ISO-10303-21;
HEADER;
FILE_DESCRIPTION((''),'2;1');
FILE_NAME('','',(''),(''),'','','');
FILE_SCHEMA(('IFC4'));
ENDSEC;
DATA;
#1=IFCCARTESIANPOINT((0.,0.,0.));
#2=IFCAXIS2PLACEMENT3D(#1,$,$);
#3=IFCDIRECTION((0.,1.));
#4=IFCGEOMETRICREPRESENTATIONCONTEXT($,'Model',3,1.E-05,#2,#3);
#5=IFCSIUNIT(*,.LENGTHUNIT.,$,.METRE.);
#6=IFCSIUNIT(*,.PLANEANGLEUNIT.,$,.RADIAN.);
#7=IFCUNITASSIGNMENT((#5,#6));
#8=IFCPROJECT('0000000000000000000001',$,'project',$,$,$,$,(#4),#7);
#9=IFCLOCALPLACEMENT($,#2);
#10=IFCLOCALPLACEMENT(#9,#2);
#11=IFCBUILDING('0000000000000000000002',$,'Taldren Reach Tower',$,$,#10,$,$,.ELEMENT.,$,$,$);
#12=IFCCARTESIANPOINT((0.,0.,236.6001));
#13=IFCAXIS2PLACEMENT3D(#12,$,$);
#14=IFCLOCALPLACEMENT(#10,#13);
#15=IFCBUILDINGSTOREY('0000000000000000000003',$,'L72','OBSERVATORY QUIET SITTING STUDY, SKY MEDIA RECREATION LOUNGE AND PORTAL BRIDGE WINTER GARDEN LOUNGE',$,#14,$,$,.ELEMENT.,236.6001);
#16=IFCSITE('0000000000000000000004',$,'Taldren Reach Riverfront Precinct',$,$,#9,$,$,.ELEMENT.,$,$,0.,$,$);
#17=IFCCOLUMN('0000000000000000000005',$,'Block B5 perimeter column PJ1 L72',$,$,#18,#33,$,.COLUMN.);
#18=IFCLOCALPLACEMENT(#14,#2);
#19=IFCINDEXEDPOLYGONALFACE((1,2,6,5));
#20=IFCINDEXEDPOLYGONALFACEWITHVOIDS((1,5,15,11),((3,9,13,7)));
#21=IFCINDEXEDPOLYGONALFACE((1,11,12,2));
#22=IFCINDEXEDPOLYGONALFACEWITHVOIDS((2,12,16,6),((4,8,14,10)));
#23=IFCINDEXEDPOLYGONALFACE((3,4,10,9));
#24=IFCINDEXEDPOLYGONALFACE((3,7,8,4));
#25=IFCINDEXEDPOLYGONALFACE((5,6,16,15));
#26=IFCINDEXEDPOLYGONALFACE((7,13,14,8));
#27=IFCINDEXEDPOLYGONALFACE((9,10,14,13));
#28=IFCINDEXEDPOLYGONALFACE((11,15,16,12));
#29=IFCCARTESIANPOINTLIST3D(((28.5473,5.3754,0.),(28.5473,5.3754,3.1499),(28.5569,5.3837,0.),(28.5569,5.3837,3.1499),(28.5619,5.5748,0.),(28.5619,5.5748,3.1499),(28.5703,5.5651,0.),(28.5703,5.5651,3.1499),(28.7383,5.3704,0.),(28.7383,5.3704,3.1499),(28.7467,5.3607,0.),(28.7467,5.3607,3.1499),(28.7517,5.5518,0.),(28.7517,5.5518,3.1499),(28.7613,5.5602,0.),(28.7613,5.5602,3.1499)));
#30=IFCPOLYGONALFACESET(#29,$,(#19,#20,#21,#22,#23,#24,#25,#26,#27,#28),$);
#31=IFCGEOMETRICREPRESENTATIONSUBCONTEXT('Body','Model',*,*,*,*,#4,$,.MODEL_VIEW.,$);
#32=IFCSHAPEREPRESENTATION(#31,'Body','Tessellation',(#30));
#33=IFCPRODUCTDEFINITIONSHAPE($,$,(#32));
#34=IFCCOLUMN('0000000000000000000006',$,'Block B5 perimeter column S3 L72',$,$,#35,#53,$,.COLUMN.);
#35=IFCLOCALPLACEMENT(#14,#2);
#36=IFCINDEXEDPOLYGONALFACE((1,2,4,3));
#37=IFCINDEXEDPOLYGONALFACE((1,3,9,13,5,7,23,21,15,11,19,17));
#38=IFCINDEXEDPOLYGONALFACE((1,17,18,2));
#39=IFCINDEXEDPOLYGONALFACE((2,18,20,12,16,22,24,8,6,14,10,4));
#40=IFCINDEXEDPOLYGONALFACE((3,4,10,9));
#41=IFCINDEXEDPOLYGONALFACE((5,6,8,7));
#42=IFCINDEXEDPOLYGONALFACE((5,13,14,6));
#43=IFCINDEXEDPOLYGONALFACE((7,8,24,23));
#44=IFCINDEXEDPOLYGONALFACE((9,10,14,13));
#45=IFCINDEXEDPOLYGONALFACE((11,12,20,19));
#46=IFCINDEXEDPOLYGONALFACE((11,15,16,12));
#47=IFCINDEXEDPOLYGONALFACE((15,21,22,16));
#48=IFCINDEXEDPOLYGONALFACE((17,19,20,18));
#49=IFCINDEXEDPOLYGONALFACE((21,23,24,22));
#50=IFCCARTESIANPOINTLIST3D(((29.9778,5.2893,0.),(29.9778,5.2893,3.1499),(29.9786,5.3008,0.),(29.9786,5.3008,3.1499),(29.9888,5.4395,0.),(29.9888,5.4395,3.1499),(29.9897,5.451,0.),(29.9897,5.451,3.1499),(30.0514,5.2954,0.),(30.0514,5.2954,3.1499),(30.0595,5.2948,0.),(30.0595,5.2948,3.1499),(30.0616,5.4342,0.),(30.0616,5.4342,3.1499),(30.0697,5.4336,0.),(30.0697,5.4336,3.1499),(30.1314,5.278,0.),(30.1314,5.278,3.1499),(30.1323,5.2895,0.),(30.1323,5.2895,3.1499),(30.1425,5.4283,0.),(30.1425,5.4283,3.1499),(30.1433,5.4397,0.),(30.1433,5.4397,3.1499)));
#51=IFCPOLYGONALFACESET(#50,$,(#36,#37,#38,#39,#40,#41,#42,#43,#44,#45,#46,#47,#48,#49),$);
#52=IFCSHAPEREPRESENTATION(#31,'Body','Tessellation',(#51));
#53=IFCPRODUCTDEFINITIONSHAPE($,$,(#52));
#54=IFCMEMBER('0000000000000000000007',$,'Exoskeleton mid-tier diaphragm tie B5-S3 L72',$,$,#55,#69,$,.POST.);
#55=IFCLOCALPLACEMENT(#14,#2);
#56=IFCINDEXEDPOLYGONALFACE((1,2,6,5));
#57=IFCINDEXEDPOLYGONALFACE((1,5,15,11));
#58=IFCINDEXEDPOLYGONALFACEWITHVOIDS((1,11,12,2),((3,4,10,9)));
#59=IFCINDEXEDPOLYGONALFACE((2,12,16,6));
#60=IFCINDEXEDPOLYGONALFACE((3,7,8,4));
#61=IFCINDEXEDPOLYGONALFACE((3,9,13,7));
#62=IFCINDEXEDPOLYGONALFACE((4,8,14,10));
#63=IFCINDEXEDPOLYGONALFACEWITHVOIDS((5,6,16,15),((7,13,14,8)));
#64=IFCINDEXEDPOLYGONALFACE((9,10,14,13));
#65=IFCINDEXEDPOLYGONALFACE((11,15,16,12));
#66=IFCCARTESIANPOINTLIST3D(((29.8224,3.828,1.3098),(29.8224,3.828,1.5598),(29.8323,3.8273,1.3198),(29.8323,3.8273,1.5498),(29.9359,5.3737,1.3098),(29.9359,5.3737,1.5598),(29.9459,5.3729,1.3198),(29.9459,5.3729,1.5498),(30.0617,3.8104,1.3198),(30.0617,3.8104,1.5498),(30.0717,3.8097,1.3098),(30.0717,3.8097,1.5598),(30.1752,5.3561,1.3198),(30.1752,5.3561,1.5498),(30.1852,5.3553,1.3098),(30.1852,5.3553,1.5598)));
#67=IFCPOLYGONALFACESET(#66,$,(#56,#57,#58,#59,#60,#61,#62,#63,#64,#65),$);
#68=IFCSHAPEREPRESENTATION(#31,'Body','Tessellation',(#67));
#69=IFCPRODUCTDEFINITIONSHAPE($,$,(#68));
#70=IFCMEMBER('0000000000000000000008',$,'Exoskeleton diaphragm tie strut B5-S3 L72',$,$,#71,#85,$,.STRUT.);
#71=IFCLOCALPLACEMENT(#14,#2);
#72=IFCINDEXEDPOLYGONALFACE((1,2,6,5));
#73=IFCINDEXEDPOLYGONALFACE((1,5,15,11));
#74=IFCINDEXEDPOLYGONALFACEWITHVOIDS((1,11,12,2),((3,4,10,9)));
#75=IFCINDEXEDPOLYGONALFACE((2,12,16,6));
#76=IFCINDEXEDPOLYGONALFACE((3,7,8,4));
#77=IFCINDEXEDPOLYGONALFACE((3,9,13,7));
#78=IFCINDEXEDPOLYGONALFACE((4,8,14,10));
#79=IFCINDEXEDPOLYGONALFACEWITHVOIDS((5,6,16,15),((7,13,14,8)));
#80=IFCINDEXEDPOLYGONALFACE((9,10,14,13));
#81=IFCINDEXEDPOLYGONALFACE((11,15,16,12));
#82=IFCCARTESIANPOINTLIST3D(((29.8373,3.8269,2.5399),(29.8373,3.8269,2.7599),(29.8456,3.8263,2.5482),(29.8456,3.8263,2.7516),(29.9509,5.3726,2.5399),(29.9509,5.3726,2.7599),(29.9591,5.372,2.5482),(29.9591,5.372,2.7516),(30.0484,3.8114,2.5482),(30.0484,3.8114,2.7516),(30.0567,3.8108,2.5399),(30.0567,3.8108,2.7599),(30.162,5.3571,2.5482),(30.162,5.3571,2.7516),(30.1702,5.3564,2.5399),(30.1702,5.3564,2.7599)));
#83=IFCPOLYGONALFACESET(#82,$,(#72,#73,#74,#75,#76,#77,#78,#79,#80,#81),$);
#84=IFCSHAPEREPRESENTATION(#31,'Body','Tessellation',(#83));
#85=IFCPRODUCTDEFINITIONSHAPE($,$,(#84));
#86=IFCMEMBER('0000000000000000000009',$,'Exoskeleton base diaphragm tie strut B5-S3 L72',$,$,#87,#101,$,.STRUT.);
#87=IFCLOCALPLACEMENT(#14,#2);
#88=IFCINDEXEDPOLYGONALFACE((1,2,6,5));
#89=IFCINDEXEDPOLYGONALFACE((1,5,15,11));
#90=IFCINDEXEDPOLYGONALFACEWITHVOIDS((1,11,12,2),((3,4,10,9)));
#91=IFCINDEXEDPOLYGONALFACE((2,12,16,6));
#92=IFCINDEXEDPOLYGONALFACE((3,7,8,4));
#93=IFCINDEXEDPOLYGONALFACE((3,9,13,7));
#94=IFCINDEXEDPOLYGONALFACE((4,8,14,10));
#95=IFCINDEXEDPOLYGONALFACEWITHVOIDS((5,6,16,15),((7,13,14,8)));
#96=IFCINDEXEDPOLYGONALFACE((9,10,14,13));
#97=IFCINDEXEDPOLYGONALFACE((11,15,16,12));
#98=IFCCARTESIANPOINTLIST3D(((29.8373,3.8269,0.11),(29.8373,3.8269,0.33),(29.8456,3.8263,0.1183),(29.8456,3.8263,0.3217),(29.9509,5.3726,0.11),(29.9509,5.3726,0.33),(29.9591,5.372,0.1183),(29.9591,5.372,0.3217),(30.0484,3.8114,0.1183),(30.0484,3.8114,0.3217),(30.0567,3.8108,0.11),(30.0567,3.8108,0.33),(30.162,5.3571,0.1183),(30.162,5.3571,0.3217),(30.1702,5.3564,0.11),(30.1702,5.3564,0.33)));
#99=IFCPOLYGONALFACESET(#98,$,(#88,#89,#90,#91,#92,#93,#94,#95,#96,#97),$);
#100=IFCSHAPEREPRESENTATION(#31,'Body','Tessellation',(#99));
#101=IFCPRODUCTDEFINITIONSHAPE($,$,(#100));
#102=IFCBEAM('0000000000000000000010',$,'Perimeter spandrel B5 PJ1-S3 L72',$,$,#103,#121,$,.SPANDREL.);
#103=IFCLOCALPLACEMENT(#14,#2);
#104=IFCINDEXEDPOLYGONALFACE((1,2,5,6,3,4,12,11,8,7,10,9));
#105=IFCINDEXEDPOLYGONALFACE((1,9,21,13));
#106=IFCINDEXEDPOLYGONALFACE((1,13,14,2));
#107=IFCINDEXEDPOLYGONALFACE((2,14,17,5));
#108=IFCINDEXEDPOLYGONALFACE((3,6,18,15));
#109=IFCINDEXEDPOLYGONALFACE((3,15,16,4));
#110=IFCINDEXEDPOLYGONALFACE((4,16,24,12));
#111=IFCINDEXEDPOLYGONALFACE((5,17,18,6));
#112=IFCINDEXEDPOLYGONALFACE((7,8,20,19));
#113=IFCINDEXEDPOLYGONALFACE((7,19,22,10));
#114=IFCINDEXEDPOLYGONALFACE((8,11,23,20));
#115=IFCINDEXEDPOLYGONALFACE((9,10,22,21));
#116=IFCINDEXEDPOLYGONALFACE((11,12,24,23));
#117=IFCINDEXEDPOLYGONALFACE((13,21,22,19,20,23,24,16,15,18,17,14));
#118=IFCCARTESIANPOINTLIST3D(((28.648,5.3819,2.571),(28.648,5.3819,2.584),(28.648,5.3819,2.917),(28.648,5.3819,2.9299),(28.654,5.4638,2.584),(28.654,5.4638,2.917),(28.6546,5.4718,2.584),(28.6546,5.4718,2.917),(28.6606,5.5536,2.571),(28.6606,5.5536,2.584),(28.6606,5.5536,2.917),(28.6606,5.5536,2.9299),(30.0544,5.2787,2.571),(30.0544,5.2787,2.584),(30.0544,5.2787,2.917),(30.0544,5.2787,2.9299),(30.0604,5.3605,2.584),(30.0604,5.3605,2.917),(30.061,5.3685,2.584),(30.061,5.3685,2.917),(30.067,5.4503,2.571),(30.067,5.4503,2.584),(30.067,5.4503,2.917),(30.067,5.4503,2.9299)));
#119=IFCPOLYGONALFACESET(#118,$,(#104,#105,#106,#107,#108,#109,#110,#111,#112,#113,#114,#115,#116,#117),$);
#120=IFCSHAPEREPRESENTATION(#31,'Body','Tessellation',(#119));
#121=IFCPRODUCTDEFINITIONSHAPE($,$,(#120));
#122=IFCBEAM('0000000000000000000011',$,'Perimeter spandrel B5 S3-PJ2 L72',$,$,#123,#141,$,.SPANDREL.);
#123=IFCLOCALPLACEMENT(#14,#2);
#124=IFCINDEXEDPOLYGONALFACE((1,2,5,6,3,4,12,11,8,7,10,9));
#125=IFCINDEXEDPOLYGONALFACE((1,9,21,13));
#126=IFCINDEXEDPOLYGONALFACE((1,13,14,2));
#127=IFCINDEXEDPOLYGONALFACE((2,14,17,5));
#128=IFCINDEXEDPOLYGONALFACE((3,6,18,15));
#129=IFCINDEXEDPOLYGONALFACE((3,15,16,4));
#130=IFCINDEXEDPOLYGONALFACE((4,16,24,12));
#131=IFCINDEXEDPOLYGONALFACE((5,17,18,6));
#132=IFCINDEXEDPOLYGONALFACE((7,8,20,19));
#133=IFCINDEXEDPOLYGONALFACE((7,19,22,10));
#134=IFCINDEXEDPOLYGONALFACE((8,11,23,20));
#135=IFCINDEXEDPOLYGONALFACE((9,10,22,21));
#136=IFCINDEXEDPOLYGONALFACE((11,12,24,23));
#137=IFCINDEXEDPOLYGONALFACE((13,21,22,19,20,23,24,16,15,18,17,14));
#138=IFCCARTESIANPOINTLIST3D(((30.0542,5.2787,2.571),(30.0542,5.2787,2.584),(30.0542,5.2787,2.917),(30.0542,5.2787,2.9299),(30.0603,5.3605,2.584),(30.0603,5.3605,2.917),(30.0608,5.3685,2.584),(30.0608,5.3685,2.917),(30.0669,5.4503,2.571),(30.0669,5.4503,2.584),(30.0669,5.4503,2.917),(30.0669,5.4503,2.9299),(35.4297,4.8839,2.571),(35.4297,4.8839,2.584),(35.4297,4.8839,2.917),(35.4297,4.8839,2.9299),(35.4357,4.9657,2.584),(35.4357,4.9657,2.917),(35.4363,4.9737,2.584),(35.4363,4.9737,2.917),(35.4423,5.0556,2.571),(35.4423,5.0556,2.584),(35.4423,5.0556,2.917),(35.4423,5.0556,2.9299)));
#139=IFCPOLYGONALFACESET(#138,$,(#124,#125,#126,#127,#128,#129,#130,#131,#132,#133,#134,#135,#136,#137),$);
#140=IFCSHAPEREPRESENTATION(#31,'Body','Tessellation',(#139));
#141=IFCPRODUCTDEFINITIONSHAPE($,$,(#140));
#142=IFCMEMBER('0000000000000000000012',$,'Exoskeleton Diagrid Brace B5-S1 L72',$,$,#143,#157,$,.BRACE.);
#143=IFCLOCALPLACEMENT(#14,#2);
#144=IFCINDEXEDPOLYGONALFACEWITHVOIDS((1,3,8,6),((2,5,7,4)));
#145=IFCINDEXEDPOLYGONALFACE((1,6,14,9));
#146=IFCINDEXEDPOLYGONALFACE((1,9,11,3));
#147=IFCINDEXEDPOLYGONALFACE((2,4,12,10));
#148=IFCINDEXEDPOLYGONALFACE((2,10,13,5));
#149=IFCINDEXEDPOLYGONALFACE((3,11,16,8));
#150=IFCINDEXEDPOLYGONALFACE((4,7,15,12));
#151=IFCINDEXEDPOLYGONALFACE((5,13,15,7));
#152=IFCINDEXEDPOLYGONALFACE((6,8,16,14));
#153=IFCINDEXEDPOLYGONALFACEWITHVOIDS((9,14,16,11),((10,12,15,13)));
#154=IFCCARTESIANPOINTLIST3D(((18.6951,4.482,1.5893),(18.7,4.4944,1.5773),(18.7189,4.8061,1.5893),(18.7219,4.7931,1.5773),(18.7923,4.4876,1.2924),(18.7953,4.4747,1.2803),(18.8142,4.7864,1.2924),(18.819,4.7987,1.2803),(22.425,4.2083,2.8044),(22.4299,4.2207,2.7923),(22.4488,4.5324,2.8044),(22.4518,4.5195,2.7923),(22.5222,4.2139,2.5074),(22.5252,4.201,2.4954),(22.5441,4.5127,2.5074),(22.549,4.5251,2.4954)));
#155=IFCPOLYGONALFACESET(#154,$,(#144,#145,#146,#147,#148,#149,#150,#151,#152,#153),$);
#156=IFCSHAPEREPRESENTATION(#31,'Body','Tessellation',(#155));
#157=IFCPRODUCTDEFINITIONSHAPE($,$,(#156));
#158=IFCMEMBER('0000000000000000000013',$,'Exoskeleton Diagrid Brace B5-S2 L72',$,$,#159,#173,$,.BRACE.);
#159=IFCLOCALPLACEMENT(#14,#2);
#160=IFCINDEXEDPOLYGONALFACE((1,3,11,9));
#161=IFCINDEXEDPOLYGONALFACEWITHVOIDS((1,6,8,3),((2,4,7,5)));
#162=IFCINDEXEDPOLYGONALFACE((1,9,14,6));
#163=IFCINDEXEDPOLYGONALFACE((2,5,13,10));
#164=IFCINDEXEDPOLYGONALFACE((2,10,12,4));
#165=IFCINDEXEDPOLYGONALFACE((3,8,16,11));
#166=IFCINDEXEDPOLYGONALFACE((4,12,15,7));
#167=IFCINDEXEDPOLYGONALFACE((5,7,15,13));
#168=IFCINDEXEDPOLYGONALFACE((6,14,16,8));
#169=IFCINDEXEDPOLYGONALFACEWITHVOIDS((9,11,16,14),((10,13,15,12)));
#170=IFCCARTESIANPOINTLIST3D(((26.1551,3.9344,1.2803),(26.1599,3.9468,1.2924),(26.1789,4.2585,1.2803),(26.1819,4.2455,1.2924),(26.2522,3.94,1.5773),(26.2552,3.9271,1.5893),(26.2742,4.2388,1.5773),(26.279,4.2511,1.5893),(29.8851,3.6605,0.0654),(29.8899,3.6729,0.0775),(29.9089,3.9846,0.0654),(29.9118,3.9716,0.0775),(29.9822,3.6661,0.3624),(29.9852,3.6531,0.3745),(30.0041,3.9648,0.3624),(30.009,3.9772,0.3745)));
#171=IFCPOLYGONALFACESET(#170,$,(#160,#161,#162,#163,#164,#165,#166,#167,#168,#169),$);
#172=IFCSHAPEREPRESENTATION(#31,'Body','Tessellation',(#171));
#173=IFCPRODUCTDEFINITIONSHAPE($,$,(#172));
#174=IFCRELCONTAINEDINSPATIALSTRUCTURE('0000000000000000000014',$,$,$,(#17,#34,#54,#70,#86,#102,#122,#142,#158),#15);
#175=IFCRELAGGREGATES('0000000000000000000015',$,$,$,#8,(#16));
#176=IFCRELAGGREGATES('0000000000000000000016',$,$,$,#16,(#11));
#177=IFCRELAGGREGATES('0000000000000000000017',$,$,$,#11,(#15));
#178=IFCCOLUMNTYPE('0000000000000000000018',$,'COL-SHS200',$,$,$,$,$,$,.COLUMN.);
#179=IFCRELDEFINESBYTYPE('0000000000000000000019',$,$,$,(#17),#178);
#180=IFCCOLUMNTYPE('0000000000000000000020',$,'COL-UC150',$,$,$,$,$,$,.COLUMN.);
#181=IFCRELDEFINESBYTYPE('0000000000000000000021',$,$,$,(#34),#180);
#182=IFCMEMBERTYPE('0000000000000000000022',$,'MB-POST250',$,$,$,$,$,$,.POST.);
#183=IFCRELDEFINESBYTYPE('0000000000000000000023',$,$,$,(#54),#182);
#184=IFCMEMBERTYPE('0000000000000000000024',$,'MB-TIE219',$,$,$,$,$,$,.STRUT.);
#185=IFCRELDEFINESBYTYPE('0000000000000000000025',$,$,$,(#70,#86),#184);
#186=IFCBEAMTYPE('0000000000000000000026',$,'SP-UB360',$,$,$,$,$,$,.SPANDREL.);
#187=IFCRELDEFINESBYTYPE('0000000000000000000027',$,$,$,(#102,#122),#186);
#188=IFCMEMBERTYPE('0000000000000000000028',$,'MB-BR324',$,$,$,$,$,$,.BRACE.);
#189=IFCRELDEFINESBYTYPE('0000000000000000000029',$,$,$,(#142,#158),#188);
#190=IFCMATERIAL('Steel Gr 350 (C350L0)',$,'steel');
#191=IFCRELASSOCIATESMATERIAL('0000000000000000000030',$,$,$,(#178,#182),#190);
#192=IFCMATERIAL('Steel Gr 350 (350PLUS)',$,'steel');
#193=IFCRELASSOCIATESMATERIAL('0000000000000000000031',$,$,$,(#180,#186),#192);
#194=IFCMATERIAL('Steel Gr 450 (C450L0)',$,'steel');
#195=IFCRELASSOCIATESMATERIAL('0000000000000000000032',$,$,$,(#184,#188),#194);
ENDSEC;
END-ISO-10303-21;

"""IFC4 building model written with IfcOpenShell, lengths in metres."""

from ifc_helpers import new_model, si_unit, direction, frame, origin, origin_2d, place, context, subcontext, project, spatial, hollow_rectangle, i_section, extrude, source, transform, mapped, material, material_profile, profile_set, type_object, element, save


model = new_model("IFC4")

# Units and contexts
model_context = context("Model", 3, precision=1e-05, world=origin(), true_north=direction((0.0, 1.0)))
body_context = subcontext(model_context, "Body", "Model", "MODEL_VIEW")
ifc_project = project(units=[si_unit("LENGTHUNIT", "METRE"), si_unit("PLANEANGLEUNIT", "RADIAN")], contexts=[model_context])

# Site, building, storey
site_placement = place(None, origin())
site = spatial("IfcSite", under=ifc_project, at=site_placement, Name="Taldren Reach Riverfront Precinct", CompositionType="ELEMENT", RefElevation=0.0)
building_placement = place(site_placement, origin())
building = spatial("IfcBuilding", under=site, at=building_placement, Name="Taldren Reach Tower", CompositionType="ELEMENT")
storey_placement = place(building_placement, frame((0.0, 0.0, 236.6001)))
storey = spatial("IfcBuildingStorey", under=building, at=storey_placement, Name="L72", Description="OBSERVATORY QUIET SITTING STUDY, SKY MEDIA RECREATION LOUNGE AND PORTAL BRIDGE WINTER GARDEN LOUNGE", CompositionType="ELEMENT", Elevation=236.6001)

# Columns
ifc_material_1 = material(Name="Steel Gr 350 (C350L0)", Category="steel")
ifc_material_profile_1 = material_profile(ifc_material_1, hollow_rectangle(XDim=0.2, YDim=0.2, WallThickness=0.009, at=origin_2d()), Name="200x200x9.0SHS")
ifc_profile_set_1 = profile_set([ifc_material_profile_1], Name="Steel Gr 350 (C350L0)")
column_type_1 = type_object("IfcColumnType", Name="COL-SHS200", PredefinedType="COLUMN", material=ifc_profile_set_1)
shared_shape_1 = source(origin(), body_context, "Body", "SweptSolid", [
    extrude(hollow_rectangle(XDim=0.2, YDim=0.2, WallThickness=0.009, at=origin_2d()), origin(), (0.0, 0.0, 1.0), 3.1499),
])
column_1_placement = place(storey_placement, frame((28.6543, 5.4678, 0.0), z_axis=(0.0, 0.0, 1.0), x_axis=(0.997314, -0.073238, 0.0)))
element("IfcColumn", 1, at=column_1_placement, inside=storey, type_object=column_type_1, Name="Block B5 perimeter column PJ1 L72", PredefinedType="COLUMN", context=body_context, shape_type="MappedRepresentation", body=[
    mapped(shared_shape_1, transform((0.0, 0.0, 0.0), scale=1.0)),
])
ifc_material_2 = material(Name="Steel Gr 350 (350PLUS)", Category="steel")
ifc_material_profile_2 = material_profile(ifc_material_2, i_section(OverallWidth=0.1541, OverallDepth=0.1621, WebThickness=0.0081, FlangeThickness=0.0115, at=origin_2d()), Name="150UC37.2")
ifc_profile_set_2 = profile_set([ifc_material_profile_2], Name="Steel Gr 350 (350PLUS)")
column_type_2 = type_object("IfcColumnType", Name="COL-UC150", PredefinedType="COLUMN", material=ifc_profile_set_2)
shared_shape_2 = source(origin(), body_context, "Body", "SweptSolid", [
    extrude(i_section(OverallWidth=0.1541, OverallDepth=0.1621, WebThickness=0.0081, FlangeThickness=0.0115, at=origin_2d()), origin(), (0.0, 0.0, 1.0), 3.1499),
])
column_2_placement = place(storey_placement, frame((30.0605, 5.3645, 0.0), z_axis=(0.0, 0.0, 1.0), x_axis=(0.997314, -0.073238, 0.0)))
element("IfcColumn", 2, at=column_2_placement, inside=storey, type_object=column_type_2, Name="Block B5 perimeter column S3 L72", PredefinedType="COLUMN", context=body_context, shape_type="MappedRepresentation", body=[
    mapped(shared_shape_2, transform((0.0, 0.0, 0.0), scale=1.0)),
])

# Members
ifc_material_profile_3 = material_profile(ifc_material_1, hollow_rectangle(XDim=0.25, YDim=0.25, WallThickness=0.01, at=origin_2d()), Name="250x250x10.0SHS")
ifc_profile_set_3 = profile_set([ifc_material_profile_3], Name="Steel Gr 350 (C350L0)")
member_type_1 = type_object("IfcMemberType", Name="MB-POST250", PredefinedType="POST", material=ifc_profile_set_3)
shared_shape_3 = source(origin(), body_context, "Body", "SweptSolid", [
    extrude(hollow_rectangle(XDim=0.25, YDim=0.25, WallThickness=0.01, at=origin_2d()), origin(), (0.0, 0.0, 1.0), 1.5498),
])
member_1_placement = place(storey_placement, frame((30.0605, 5.3645, 1.4348), z_axis=(-0.073251, -0.997314, 0.0), x_axis=(0.997314, -0.073251, 0.0)))
element("IfcMember", 3, at=member_1_placement, inside=storey, type_object=member_type_1, Name="Exoskeleton mid-tier diaphragm tie B5-S3 L72", PredefinedType="POST", context=body_context, shape_type="MappedRepresentation", body=[
    mapped(shared_shape_3, transform((0.0, 0.0, 0.0), scale=1.0)),
])
ifc_material_3 = material(Name="Steel Gr 450 (C450L0)", Category="steel")
ifc_material_profile_4 = material_profile(ifc_material_3, hollow_rectangle(XDim=0.22, YDim=0.22, WallThickness=0.0083, at=origin_2d()), Name="220x220x8.2SHS")
ifc_profile_set_4 = profile_set([ifc_material_profile_4], Name="Steel Gr 450 (C450L0)")
member_type_2 = type_object("IfcMemberType", Name="MB-TIE219", PredefinedType="STRUT", material=ifc_profile_set_4)
shared_shape_4 = source(origin(), body_context, "Body", "SweptSolid", [
    extrude(hollow_rectangle(XDim=0.22, YDim=0.22, WallThickness=0.0083, at=origin_2d()), origin(), (0.0, 0.0, 1.0), 1.5498),
])
for number, where, z_axis, x_axis, name in (
    (4, (30.0605, 5.3645, 2.6499), (-0.073251, -0.997314, 0.0), (0.997314, -0.073251, 0.0), "Exoskeleton diaphragm tie strut B5-S3 L72"),
    (5, (30.0605, 5.3645, 0.22), (-0.073251, -0.997314, 0.0), (0.997314, -0.073251, 0.0), "Exoskeleton base diaphragm tie strut B5-S3 L72"),
):
    element("IfcMember", number, at=place(storey_placement, frame(where, z_axis=z_axis, x_axis=x_axis)), inside=storey, type_object=member_type_2, Name=name, PredefinedType="STRUT", context=body_context, shape_type="MappedRepresentation", body=[
        mapped(shared_shape_4, transform((0.0, 0.0, 0.0), scale=1.0)),
    ])

# Beams
ifc_material_profile_5 = material_profile(ifc_material_2, i_section(OverallWidth=0.1721, OverallDepth=0.3589, WebThickness=0.0081, FlangeThickness=0.0129, at=origin_2d()), Name="360UB56.7")
ifc_profile_set_5 = profile_set([ifc_material_profile_5], Name="Steel Gr 350 (350PLUS)")
beam_type = type_object("IfcBeamType", Name="SP-UB360", PredefinedType="SPANDREL", material=ifc_profile_set_5)
shared_shape_5 = source(origin(), body_context, "Body", "SweptSolid", [
    extrude(i_section(OverallWidth=0.1721, OverallDepth=0.3589, WebThickness=0.0081, FlangeThickness=0.0129, at=origin_2d()), origin(), (0.0, 0.0, 1.0), 1.4102),
])
beam_1_placement = place(storey_placement, frame((28.6543, 5.4678, 2.7505), z_axis=(0.997314, -0.07324, 0.0), x_axis=(0.07324, 0.997314, 0.0)))
element("IfcBeam", 6, at=beam_1_placement, inside=storey, type_object=beam_type, Name="Perimeter spandrel B5 PJ1-S3 L72", PredefinedType="SPANDREL", context=body_context, shape_type="MappedRepresentation", body=[
    mapped(shared_shape_5, transform((0.0, 0.0, 0.0), scale=1.0)),
])
shared_shape_6 = source(origin(), body_context, "Body", "SweptSolid", [
    extrude(i_section(OverallWidth=0.1721, OverallDepth=0.3589, WebThickness=0.0081, FlangeThickness=0.0129, at=origin_2d()), origin(), (0.0, 0.0, 1.0), 5.3899),
])
beam_2_placement = place(storey_placement, frame((30.0605, 5.3645, 2.7505), z_axis=(0.997314, -0.073243, 0.0), x_axis=(0.073243, 0.997314, 0.0)))
element("IfcBeam", 7, at=beam_2_placement, inside=storey, type_object=beam_type, Name="Perimeter spandrel B5 S3-PJ2 L72", PredefinedType="SPANDREL", context=body_context, shape_type="MappedRepresentation", body=[
    mapped(shared_shape_6, transform((0.0, 0.0, 0.0), scale=1.0)),
])

# Members
ifc_material_profile_6 = material_profile(ifc_material_3, hollow_rectangle(XDim=0.325, YDim=0.325, WallThickness=0.0127, at=origin_2d()), Name="325x325x12.7SHS")
ifc_profile_set_6 = profile_set([ifc_material_profile_6], Name="Steel Gr 450 (C450L0)")
member_type_3 = type_object("IfcMemberType", Name="MB-BR324", PredefinedType="BRACE", material=ifc_profile_set_6)
shared_shape_7 = source(origin(), body_context, "Body", "SweptSolid", [
    extrude(hollow_rectangle(XDim=0.325, YDim=0.325, WallThickness=0.0127, at=origin_2d()), origin(), (0.0, 0.0, 1.0), 3.9324),
])
for number, where, z_axis, x_axis, name in (
    (8, (18.7571, 4.6404, 1.4348), (0.948515, -0.069596, 0.308991), (0.073177, 0.997319, 0.0), "Exoskeleton Diagrid Brace B5-S1 L72"),
    (9, (29.947, 3.8188, 0.22), (-0.948529, 0.069659, 0.308933), (-0.073242, -0.997314, 0.0), "Exoskeleton Diagrid Brace B5-S2 L72"),
):
    element("IfcMember", number, at=place(storey_placement, frame(where, z_axis=z_axis, x_axis=x_axis)), inside=storey, type_object=member_type_3, Name=name, PredefinedType="BRACE", context=body_context, shape_type="MappedRepresentation", body=[
        mapped(shared_shape_7, transform((0.0, 0.0, 0.0), scale=1.0)),
    ])

save(model, "model.ifc")
